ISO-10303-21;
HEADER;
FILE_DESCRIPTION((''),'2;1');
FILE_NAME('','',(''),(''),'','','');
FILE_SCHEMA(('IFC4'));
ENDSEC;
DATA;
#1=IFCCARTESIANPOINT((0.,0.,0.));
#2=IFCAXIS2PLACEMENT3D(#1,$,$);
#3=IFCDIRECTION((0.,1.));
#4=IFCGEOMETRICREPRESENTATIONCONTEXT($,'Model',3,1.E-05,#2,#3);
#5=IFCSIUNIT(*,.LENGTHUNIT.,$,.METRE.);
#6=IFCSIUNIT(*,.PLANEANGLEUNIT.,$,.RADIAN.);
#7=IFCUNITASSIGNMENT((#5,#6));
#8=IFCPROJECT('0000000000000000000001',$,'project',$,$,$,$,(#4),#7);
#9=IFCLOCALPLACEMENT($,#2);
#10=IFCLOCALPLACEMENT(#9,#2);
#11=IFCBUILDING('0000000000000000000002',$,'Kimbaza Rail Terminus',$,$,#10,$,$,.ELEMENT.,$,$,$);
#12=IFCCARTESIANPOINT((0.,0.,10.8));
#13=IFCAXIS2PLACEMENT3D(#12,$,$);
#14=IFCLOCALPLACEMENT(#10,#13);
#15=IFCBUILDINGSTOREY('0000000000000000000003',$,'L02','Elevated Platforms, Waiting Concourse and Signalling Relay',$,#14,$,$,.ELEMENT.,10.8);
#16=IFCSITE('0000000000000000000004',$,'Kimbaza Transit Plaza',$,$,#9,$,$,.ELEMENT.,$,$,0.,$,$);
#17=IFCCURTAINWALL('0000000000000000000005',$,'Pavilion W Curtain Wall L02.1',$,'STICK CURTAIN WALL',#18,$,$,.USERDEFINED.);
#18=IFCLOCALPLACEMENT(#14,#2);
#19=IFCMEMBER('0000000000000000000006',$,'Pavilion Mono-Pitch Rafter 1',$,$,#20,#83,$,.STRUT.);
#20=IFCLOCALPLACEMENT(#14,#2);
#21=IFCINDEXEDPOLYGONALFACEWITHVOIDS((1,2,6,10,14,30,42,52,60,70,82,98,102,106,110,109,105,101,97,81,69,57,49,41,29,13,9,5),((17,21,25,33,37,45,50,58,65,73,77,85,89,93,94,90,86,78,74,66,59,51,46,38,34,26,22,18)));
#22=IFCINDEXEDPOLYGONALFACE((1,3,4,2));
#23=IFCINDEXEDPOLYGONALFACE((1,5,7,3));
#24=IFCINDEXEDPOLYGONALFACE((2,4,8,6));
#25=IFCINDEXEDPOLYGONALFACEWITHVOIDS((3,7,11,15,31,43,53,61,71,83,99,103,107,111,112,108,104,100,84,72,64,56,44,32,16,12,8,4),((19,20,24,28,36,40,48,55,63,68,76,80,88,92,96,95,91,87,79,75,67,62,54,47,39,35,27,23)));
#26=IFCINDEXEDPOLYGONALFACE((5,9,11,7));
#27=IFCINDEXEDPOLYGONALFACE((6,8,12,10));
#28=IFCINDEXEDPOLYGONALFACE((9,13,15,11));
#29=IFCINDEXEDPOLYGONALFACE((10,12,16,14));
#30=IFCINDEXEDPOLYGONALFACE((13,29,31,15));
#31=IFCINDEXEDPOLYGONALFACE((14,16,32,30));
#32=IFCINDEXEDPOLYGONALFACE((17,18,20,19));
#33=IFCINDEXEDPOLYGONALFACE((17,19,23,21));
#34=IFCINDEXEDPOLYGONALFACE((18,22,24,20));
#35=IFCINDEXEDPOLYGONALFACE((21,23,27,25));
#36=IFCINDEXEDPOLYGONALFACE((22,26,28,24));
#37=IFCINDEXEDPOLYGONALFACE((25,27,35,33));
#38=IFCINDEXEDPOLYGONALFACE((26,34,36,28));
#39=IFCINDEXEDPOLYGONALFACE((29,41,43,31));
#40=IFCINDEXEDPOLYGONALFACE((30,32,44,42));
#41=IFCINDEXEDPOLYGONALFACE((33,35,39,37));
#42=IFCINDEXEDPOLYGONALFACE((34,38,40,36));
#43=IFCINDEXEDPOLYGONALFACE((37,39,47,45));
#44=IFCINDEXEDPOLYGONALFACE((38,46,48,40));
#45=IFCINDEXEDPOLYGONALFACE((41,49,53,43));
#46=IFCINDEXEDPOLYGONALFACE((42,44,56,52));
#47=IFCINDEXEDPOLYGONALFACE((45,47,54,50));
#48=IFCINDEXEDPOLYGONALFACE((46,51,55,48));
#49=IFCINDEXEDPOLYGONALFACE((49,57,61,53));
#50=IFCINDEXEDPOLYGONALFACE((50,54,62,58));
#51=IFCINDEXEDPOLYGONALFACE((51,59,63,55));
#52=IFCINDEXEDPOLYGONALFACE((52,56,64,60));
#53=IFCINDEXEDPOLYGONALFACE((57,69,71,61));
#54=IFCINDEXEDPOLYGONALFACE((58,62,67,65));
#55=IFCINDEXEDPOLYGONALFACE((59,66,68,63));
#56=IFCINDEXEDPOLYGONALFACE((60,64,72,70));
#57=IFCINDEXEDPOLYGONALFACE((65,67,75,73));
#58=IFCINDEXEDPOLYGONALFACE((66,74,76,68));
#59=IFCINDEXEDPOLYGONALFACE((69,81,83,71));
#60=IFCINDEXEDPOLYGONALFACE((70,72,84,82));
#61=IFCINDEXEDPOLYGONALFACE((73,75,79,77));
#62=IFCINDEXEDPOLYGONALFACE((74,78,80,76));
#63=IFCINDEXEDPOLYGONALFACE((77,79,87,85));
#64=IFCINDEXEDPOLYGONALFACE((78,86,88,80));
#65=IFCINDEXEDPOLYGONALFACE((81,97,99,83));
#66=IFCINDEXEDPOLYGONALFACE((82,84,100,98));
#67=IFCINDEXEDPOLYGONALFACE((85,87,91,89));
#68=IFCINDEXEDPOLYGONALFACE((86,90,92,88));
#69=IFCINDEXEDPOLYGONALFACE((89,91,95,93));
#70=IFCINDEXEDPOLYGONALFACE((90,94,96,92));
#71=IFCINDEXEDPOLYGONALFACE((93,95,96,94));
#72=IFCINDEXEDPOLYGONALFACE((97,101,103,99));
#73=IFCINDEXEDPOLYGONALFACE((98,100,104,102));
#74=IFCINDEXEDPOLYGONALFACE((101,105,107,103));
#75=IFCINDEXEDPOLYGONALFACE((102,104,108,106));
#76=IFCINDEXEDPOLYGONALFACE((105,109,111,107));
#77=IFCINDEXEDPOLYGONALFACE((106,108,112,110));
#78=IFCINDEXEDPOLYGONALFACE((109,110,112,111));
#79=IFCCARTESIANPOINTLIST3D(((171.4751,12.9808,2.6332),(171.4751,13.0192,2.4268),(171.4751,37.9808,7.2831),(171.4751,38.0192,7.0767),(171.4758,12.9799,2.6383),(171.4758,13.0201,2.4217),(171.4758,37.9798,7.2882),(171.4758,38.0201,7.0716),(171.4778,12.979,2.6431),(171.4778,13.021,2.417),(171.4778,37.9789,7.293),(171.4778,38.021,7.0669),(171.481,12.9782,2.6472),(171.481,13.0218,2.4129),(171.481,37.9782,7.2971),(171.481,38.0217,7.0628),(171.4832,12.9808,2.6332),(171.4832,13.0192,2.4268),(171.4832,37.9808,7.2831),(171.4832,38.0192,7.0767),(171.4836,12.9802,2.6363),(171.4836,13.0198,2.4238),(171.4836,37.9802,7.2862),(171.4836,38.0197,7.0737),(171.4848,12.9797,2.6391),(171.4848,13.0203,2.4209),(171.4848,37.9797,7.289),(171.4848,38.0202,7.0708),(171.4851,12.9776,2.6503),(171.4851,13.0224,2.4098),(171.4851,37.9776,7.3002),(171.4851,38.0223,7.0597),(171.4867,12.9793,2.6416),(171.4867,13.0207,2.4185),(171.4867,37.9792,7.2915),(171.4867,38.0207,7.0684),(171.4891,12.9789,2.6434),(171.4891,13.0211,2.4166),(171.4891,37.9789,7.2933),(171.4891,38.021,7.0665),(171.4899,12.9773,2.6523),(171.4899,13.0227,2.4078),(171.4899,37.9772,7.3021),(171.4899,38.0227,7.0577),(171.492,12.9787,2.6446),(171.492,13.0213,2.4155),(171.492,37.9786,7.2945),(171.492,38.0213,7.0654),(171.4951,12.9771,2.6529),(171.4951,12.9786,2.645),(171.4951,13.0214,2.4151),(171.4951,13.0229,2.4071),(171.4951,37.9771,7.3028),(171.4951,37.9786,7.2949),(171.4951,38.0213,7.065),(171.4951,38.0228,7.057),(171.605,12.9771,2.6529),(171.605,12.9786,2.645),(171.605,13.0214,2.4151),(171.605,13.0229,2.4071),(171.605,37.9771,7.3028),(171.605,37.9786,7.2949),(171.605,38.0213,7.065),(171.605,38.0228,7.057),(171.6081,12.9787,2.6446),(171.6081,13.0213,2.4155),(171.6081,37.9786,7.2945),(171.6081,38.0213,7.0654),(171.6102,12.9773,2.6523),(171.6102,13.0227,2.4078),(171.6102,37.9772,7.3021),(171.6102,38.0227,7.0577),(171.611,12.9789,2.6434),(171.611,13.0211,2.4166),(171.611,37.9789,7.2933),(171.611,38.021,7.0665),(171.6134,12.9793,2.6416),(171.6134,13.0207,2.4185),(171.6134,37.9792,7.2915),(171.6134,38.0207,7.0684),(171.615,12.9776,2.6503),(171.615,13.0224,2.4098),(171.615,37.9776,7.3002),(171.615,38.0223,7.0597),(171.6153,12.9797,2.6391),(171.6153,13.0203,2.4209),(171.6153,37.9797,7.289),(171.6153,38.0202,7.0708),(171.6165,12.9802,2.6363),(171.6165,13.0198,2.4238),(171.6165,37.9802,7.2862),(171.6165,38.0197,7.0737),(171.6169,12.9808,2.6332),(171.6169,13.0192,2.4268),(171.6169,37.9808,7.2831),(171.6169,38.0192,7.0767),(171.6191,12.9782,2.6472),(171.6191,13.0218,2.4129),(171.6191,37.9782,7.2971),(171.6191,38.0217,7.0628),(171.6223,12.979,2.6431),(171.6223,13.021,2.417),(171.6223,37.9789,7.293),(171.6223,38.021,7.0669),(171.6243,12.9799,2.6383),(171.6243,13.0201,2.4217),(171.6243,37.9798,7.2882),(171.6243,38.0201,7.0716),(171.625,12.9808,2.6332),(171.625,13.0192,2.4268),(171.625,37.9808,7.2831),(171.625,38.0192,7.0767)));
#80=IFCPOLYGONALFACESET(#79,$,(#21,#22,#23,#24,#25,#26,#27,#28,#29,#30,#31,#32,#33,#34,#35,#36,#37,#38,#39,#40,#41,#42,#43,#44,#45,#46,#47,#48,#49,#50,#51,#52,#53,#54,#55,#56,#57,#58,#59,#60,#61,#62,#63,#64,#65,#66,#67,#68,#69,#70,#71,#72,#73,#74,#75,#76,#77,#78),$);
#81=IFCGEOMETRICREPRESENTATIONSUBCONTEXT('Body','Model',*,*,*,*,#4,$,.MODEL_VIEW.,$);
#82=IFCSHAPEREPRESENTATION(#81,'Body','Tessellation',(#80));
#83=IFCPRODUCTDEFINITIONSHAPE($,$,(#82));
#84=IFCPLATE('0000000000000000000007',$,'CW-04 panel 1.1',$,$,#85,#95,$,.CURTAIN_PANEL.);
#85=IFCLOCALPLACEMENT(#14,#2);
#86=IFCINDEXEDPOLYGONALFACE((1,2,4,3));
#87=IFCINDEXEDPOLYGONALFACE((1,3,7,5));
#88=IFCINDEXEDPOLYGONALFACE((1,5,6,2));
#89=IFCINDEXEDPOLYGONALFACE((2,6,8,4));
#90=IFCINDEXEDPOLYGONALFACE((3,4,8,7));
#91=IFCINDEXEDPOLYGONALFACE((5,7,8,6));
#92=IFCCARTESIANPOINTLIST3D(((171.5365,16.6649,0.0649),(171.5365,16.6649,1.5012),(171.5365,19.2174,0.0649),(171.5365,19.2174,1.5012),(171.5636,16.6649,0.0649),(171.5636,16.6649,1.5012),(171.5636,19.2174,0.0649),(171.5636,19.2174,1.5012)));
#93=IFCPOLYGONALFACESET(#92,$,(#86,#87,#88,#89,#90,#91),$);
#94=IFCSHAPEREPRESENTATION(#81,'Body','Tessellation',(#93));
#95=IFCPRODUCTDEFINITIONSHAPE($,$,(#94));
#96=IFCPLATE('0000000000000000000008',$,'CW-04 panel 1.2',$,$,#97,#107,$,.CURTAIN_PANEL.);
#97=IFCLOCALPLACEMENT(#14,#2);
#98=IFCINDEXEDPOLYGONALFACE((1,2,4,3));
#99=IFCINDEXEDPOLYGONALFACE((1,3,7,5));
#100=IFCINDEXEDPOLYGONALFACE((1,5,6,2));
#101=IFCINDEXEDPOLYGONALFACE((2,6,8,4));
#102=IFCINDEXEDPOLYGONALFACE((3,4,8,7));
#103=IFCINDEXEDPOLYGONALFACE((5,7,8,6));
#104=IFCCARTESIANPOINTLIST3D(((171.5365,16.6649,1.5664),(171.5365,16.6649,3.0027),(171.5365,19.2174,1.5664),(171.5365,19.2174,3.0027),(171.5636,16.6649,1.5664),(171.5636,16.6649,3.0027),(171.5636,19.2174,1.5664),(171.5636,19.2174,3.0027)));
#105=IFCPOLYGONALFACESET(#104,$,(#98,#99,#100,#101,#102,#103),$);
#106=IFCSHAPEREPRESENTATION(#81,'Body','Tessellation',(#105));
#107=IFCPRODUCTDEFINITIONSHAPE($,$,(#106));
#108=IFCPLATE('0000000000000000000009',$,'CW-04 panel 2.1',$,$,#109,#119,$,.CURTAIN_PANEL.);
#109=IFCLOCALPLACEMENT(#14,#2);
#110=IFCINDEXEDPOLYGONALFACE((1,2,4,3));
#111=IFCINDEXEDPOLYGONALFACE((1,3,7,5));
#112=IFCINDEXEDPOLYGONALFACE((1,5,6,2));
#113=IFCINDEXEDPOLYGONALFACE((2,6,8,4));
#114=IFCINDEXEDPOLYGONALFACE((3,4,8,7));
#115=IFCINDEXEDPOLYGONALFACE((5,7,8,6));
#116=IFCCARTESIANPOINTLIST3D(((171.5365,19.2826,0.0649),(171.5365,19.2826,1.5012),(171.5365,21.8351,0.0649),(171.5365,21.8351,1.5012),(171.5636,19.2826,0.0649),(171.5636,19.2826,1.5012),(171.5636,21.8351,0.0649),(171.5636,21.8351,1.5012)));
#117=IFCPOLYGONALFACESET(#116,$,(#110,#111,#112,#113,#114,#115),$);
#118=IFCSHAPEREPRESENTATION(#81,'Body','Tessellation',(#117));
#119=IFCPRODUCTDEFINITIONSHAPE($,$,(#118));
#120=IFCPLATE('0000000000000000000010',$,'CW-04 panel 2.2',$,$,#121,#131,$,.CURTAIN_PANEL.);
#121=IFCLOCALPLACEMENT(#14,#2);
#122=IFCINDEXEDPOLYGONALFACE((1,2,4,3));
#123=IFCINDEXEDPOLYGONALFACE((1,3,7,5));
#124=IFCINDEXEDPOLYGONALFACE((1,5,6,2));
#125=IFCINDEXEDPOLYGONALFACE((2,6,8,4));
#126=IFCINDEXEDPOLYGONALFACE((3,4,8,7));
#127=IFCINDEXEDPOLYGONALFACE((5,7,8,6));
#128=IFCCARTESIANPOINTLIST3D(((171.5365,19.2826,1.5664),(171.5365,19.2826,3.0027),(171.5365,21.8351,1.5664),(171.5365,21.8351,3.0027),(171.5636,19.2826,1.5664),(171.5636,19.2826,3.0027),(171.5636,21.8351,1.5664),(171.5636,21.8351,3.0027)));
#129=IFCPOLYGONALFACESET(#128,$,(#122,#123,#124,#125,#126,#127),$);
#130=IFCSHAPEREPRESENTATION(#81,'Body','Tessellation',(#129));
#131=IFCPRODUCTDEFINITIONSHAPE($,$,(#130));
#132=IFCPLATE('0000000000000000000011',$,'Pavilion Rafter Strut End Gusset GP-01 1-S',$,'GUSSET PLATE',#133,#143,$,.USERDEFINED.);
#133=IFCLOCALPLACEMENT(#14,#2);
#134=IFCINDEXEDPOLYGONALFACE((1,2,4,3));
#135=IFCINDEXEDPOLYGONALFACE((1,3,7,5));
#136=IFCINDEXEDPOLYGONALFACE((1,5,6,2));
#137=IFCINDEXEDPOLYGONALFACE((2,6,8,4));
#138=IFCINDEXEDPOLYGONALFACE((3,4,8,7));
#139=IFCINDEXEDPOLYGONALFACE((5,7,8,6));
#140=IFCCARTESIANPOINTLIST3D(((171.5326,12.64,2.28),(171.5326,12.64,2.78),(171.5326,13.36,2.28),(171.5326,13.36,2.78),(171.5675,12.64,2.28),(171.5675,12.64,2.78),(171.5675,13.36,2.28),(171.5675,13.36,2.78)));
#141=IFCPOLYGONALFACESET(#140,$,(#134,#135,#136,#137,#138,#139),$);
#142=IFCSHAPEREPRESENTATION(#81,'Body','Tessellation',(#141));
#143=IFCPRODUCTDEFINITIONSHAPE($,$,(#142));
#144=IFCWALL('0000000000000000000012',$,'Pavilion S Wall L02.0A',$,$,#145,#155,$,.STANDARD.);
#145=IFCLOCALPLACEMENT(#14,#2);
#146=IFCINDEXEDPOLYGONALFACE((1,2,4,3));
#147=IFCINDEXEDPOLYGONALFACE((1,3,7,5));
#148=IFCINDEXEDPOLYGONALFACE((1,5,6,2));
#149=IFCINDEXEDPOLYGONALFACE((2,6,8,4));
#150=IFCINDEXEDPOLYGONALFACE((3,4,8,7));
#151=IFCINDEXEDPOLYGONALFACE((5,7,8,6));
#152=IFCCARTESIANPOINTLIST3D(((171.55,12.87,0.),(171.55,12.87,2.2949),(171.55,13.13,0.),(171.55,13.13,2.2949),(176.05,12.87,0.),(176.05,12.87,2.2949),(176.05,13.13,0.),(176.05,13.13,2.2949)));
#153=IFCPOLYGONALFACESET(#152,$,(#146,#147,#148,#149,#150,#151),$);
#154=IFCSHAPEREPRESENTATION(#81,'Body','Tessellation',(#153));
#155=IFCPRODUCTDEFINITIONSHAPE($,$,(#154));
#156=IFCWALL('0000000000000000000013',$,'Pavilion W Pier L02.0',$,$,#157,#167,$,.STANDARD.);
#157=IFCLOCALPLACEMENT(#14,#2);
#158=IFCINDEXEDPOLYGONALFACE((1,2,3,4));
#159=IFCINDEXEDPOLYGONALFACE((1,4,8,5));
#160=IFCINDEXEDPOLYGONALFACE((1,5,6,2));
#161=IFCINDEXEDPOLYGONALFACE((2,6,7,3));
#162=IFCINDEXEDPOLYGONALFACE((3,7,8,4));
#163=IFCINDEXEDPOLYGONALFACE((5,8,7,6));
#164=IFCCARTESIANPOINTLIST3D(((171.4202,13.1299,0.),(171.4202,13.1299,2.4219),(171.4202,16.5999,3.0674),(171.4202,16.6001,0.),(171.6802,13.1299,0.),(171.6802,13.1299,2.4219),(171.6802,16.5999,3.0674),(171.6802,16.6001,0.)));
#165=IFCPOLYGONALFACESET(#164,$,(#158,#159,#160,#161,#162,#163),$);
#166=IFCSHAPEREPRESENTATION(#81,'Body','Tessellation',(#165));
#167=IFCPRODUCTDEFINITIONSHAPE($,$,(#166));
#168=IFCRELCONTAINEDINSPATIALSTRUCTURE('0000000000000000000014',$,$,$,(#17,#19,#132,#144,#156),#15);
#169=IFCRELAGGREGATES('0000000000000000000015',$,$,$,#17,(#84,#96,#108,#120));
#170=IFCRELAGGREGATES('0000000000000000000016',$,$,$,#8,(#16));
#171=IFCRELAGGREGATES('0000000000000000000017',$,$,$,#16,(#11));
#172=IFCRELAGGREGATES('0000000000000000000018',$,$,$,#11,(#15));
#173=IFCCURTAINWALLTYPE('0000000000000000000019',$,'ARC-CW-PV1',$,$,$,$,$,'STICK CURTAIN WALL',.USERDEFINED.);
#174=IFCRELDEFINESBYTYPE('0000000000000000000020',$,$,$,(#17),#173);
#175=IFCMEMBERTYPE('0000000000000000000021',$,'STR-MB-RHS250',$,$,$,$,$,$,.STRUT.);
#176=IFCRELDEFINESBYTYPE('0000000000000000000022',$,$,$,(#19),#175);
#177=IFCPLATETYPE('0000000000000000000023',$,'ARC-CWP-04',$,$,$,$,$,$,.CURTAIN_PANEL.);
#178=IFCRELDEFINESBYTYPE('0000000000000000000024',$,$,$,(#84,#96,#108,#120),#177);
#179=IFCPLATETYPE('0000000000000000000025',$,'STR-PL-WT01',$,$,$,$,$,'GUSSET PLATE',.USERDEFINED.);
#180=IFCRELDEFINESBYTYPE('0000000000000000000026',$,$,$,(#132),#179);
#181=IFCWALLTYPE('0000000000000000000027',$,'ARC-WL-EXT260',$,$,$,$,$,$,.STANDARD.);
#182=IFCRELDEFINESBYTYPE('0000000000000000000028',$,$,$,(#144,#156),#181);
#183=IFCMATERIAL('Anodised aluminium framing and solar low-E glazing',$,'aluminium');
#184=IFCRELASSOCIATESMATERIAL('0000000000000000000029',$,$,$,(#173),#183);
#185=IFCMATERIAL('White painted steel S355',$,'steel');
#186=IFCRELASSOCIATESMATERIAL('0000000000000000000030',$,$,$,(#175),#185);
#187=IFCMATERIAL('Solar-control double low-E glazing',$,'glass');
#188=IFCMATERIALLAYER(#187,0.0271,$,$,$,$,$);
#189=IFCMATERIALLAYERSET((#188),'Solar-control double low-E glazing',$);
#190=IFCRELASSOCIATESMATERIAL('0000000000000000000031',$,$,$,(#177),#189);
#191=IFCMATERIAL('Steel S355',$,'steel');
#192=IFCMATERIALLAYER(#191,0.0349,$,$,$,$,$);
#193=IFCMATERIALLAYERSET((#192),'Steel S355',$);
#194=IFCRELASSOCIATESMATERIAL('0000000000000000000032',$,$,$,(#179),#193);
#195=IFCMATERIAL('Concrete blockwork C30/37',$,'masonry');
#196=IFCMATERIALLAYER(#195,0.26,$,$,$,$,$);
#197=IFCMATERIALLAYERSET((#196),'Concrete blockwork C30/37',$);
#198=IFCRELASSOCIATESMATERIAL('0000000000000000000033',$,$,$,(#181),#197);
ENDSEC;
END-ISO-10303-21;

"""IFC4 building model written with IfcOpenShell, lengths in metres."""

from ifc_helpers import new_model, si_unit, direction, frame, frame_2d, origin, origin_2d, place, context, subcontext, project, spatial, polyline, rectangle, hollow_rectangle, outline, extrude, material, layer, layer_set, material_profile, profile_set, type_object, element, aggregate, save


model = new_model("IFC4")

# Units and contexts
model_context = context("Model", 3, precision=1e-05, world=origin(), true_north=direction((0.0, 1.0)))
body_context = subcontext(model_context, "Body", "Model", "MODEL_VIEW")
ifc_project = project(units=[si_unit("LENGTHUNIT", "METRE"), si_unit("PLANEANGLEUNIT", "RADIAN")], contexts=[model_context])

# Site, building, storey
site_placement = place(None, origin())
site = spatial("IfcSite", under=ifc_project, at=site_placement, Name="Kimbaza Transit Plaza", CompositionType="ELEMENT", RefElevation=0.0)
building_placement = place(site_placement, origin())
building = spatial("IfcBuilding", under=site, at=building_placement, Name="Kimbaza Rail Terminus", CompositionType="ELEMENT")
storey_placement = place(building_placement, frame((0.0, 0.0, 10.8)))
storey = spatial("IfcBuildingStorey", under=building, at=storey_placement, Name="L02", Description="Elevated Platforms, Waiting Concourse and Signalling Relay", CompositionType="ELEMENT", Elevation=10.8)

# Curtain wall
ifc_material_1 = material(Name="Anodised aluminium framing and solar low-E glazing", Category="aluminium")
curtain_wall_type = type_object("IfcCurtainWallType", Name="ARC-CW-PV1", ElementType="STICK CURTAIN WALL", PredefinedType="USERDEFINED", material=ifc_material_1)
curtain_wall_placement = place(storey_placement, origin())
curtain_wall = element("IfcCurtainWall", 1, at=curtain_wall_placement, inside=storey, type_object=curtain_wall_type, Name="Pavilion W Curtain Wall L02.1", ObjectType="STICK CURTAIN WALL", PredefinedType="USERDEFINED")

# Member
ifc_material_2 = material(Name="White painted steel S355", Category="steel")
ifc_material_profile_1 = material_profile(ifc_material_2, hollow_rectangle(XDim=0.1499, YDim=0.25, WallThickness=0.0081, InnerFilletRadius=0.012, OuterFilletRadius=0.02, at=origin_2d()), Name="RHS 250x150x8")
ifc_profile_set_1 = profile_set([ifc_material_profile_1], Name="White painted steel S355")
member_type_1 = type_object("IfcMemberType", Name="STR-MB-RHS250", PredefinedType="STRUT", material=ifc_profile_set_1)
member_1_placement = place(storey_placement, frame((171.55, 13.0, 2.53), z_axis=(0.0, 0.983139, 0.18286), x_axis=(-1.0, 0.0, 0.0)))
element("IfcMember", 2, at=member_1_placement, inside=storey, type_object=member_type_1, Name="Pavilion Mono-Pitch Rafter 1", PredefinedType="STRUT", context=body_context, shape_type="SweptSolid", body=[
    extrude(hollow_rectangle(XDim=0.1499, YDim=0.25, WallThickness=0.0081, InnerFilletRadius=0.012, OuterFilletRadius=0.02, at=origin_2d()), origin(), (0.0, 0.0, 1.0), 25.4287),
])

# Plates
ifc_material_3 = material(Name="Solar-control double low-E glazing", Category="glass")
ifc_layer_1 = layer(ifc_material_3, 0.0271)
ifc_layer_set_1 = layer_set([ifc_layer_1], Name="Solar-control double low-E glazing")
plate_type_1 = type_object("IfcPlateType", Name="ARC-CWP-04", PredefinedType="CURTAIN_PANEL", material=ifc_layer_set_1)
plate_1_placement = place(storey_placement, frame((171.55, 17.9412, 0.0649), z_axis=(0.0, 0.0, 1.0), x_axis=(0.0, 1.0, 0.0)))
plate_1 = element("IfcPlate", 3, at=plate_1_placement, type_object=plate_type_1, Name="CW-04 panel 1.1", PredefinedType="CURTAIN_PANEL", context=body_context, shape_type="SweptSolid", body=[
    extrude(rectangle(XDim=2.5525, YDim=0.0271, at=origin_2d()), origin(), (0.0, 0.0, 1.0), 1.4363),
])
plate_2_placement = place(storey_placement, frame((171.55, 17.9412, 1.5664), z_axis=(0.0, 0.0, 1.0), x_axis=(0.0, 1.0, 0.0)))
plate_2 = element("IfcPlate", 4, at=plate_2_placement, type_object=plate_type_1, Name="CW-04 panel 1.2", PredefinedType="CURTAIN_PANEL", context=body_context, shape_type="SweptSolid", body=[
    extrude(rectangle(XDim=2.5525, YDim=0.0271, at=origin_2d()), origin(), (0.0, 0.0, 1.0), 1.4363),
])
plate_3_placement = place(storey_placement, frame((171.55, 20.5588, 0.0649), z_axis=(0.0, 0.0, 1.0), x_axis=(0.0, 1.0, 0.0)))
plate_3 = element("IfcPlate", 5, at=plate_3_placement, type_object=plate_type_1, Name="CW-04 panel 2.1", PredefinedType="CURTAIN_PANEL", context=body_context, shape_type="SweptSolid", body=[
    extrude(rectangle(XDim=2.5525, YDim=0.0271, at=origin_2d()), origin(), (0.0, 0.0, 1.0), 1.4363),
])
plate_4_placement = place(storey_placement, frame((171.55, 20.5588, 1.5664), z_axis=(0.0, 0.0, 1.0), x_axis=(0.0, 1.0, 0.0)))
plate_4 = element("IfcPlate", 6, at=plate_4_placement, type_object=plate_type_1, Name="CW-04 panel 2.2", PredefinedType="CURTAIN_PANEL", context=body_context, shape_type="SweptSolid", body=[
    extrude(rectangle(XDim=2.5525, YDim=0.0271, at=origin_2d()), origin(), (0.0, 0.0, 1.0), 1.4363),
])
aggregate(curtain_wall, [plate_1, plate_2, plate_3, plate_4])
ifc_material_4 = material(Name="Steel S355", Category="steel")
ifc_layer_2 = layer(ifc_material_4, 0.0349)
ifc_layer_set_2 = layer_set([ifc_layer_2], Name="Steel S355")
plate_type_2 = type_object("IfcPlateType", Name="STR-PL-WT01", ElementType="GUSSET PLATE", PredefinedType="USERDEFINED", material=ifc_layer_set_2)
plate_5_placement = place(storey_placement, frame((171.55, 13.0, 2.28), z_axis=(0.0, 0.0, 1.0), x_axis=(1.0, 0.0, 0.0)))
element("IfcPlate", 7, at=plate_5_placement, inside=storey, type_object=plate_type_2, Name="Pavilion Rafter Strut End Gusset GP-01 1-S", ObjectType="GUSSET PLATE", PredefinedType="USERDEFINED", context=body_context, shape_type="SweptSolid", body=[
    extrude(rectangle(XDim=0.0349, YDim=0.72, at=origin_2d()), origin(), (0.0, 0.0, 1.0), 0.5),
])

# Walls
ifc_material_5 = material(Name="Concrete blockwork C30/37", Category="masonry")
ifc_layer_3 = layer(ifc_material_5, 0.26)
ifc_layer_set_3 = layer_set([ifc_layer_3], Name="Concrete blockwork C30/37")
wall_type = type_object("IfcWallType", Name="ARC-WL-EXT260", PredefinedType="STANDARD", material=ifc_layer_set_3)
wall_1_placement = place(storey_placement, frame((171.55, 13.0, 0.0), z_axis=(0.0, 0.0, 1.0), x_axis=(1.0, 0.0, 0.0)))
element("IfcWall", 8, at=wall_1_placement, inside=storey, type_object=wall_type, Name="Pavilion S Wall L02.0A", PredefinedType="STANDARD", context=body_context, shape_type="SweptSolid", body=[
    extrude(rectangle(XDim=4.5, YDim=0.26, at=frame_2d((2.25, 0.0))), origin(), (0.0, 0.0, 1.0), 2.2949),
])
wall_2_placement = place(storey_placement, frame((171.55, 13.1299, 0.0), z_axis=(0.0, 0.0, 1.0), x_axis=(0.0, 1.0, 0.0)))
element("IfcWall", 9, at=wall_2_placement, inside=storey, type_object=wall_type, Name="Pavilion W Pier L02.0", PredefinedType="STANDARD", context=body_context, shape_type="SweptSolid", body=[
    extrude(outline(polyline([(0.0, 0.0), (3.4702, 0.0), (3.47, 3.0674), (0.0, 2.4219), (0.0, 0.0)])), frame((0.0, 0.1299, 0.0), z_axis=(0.0, -1.0, 0.0), x_axis=(1.0, 0.0, 0.0)), (0.0, 0.0, 1.0), 0.26),
])

save(model, "model.ifc")
